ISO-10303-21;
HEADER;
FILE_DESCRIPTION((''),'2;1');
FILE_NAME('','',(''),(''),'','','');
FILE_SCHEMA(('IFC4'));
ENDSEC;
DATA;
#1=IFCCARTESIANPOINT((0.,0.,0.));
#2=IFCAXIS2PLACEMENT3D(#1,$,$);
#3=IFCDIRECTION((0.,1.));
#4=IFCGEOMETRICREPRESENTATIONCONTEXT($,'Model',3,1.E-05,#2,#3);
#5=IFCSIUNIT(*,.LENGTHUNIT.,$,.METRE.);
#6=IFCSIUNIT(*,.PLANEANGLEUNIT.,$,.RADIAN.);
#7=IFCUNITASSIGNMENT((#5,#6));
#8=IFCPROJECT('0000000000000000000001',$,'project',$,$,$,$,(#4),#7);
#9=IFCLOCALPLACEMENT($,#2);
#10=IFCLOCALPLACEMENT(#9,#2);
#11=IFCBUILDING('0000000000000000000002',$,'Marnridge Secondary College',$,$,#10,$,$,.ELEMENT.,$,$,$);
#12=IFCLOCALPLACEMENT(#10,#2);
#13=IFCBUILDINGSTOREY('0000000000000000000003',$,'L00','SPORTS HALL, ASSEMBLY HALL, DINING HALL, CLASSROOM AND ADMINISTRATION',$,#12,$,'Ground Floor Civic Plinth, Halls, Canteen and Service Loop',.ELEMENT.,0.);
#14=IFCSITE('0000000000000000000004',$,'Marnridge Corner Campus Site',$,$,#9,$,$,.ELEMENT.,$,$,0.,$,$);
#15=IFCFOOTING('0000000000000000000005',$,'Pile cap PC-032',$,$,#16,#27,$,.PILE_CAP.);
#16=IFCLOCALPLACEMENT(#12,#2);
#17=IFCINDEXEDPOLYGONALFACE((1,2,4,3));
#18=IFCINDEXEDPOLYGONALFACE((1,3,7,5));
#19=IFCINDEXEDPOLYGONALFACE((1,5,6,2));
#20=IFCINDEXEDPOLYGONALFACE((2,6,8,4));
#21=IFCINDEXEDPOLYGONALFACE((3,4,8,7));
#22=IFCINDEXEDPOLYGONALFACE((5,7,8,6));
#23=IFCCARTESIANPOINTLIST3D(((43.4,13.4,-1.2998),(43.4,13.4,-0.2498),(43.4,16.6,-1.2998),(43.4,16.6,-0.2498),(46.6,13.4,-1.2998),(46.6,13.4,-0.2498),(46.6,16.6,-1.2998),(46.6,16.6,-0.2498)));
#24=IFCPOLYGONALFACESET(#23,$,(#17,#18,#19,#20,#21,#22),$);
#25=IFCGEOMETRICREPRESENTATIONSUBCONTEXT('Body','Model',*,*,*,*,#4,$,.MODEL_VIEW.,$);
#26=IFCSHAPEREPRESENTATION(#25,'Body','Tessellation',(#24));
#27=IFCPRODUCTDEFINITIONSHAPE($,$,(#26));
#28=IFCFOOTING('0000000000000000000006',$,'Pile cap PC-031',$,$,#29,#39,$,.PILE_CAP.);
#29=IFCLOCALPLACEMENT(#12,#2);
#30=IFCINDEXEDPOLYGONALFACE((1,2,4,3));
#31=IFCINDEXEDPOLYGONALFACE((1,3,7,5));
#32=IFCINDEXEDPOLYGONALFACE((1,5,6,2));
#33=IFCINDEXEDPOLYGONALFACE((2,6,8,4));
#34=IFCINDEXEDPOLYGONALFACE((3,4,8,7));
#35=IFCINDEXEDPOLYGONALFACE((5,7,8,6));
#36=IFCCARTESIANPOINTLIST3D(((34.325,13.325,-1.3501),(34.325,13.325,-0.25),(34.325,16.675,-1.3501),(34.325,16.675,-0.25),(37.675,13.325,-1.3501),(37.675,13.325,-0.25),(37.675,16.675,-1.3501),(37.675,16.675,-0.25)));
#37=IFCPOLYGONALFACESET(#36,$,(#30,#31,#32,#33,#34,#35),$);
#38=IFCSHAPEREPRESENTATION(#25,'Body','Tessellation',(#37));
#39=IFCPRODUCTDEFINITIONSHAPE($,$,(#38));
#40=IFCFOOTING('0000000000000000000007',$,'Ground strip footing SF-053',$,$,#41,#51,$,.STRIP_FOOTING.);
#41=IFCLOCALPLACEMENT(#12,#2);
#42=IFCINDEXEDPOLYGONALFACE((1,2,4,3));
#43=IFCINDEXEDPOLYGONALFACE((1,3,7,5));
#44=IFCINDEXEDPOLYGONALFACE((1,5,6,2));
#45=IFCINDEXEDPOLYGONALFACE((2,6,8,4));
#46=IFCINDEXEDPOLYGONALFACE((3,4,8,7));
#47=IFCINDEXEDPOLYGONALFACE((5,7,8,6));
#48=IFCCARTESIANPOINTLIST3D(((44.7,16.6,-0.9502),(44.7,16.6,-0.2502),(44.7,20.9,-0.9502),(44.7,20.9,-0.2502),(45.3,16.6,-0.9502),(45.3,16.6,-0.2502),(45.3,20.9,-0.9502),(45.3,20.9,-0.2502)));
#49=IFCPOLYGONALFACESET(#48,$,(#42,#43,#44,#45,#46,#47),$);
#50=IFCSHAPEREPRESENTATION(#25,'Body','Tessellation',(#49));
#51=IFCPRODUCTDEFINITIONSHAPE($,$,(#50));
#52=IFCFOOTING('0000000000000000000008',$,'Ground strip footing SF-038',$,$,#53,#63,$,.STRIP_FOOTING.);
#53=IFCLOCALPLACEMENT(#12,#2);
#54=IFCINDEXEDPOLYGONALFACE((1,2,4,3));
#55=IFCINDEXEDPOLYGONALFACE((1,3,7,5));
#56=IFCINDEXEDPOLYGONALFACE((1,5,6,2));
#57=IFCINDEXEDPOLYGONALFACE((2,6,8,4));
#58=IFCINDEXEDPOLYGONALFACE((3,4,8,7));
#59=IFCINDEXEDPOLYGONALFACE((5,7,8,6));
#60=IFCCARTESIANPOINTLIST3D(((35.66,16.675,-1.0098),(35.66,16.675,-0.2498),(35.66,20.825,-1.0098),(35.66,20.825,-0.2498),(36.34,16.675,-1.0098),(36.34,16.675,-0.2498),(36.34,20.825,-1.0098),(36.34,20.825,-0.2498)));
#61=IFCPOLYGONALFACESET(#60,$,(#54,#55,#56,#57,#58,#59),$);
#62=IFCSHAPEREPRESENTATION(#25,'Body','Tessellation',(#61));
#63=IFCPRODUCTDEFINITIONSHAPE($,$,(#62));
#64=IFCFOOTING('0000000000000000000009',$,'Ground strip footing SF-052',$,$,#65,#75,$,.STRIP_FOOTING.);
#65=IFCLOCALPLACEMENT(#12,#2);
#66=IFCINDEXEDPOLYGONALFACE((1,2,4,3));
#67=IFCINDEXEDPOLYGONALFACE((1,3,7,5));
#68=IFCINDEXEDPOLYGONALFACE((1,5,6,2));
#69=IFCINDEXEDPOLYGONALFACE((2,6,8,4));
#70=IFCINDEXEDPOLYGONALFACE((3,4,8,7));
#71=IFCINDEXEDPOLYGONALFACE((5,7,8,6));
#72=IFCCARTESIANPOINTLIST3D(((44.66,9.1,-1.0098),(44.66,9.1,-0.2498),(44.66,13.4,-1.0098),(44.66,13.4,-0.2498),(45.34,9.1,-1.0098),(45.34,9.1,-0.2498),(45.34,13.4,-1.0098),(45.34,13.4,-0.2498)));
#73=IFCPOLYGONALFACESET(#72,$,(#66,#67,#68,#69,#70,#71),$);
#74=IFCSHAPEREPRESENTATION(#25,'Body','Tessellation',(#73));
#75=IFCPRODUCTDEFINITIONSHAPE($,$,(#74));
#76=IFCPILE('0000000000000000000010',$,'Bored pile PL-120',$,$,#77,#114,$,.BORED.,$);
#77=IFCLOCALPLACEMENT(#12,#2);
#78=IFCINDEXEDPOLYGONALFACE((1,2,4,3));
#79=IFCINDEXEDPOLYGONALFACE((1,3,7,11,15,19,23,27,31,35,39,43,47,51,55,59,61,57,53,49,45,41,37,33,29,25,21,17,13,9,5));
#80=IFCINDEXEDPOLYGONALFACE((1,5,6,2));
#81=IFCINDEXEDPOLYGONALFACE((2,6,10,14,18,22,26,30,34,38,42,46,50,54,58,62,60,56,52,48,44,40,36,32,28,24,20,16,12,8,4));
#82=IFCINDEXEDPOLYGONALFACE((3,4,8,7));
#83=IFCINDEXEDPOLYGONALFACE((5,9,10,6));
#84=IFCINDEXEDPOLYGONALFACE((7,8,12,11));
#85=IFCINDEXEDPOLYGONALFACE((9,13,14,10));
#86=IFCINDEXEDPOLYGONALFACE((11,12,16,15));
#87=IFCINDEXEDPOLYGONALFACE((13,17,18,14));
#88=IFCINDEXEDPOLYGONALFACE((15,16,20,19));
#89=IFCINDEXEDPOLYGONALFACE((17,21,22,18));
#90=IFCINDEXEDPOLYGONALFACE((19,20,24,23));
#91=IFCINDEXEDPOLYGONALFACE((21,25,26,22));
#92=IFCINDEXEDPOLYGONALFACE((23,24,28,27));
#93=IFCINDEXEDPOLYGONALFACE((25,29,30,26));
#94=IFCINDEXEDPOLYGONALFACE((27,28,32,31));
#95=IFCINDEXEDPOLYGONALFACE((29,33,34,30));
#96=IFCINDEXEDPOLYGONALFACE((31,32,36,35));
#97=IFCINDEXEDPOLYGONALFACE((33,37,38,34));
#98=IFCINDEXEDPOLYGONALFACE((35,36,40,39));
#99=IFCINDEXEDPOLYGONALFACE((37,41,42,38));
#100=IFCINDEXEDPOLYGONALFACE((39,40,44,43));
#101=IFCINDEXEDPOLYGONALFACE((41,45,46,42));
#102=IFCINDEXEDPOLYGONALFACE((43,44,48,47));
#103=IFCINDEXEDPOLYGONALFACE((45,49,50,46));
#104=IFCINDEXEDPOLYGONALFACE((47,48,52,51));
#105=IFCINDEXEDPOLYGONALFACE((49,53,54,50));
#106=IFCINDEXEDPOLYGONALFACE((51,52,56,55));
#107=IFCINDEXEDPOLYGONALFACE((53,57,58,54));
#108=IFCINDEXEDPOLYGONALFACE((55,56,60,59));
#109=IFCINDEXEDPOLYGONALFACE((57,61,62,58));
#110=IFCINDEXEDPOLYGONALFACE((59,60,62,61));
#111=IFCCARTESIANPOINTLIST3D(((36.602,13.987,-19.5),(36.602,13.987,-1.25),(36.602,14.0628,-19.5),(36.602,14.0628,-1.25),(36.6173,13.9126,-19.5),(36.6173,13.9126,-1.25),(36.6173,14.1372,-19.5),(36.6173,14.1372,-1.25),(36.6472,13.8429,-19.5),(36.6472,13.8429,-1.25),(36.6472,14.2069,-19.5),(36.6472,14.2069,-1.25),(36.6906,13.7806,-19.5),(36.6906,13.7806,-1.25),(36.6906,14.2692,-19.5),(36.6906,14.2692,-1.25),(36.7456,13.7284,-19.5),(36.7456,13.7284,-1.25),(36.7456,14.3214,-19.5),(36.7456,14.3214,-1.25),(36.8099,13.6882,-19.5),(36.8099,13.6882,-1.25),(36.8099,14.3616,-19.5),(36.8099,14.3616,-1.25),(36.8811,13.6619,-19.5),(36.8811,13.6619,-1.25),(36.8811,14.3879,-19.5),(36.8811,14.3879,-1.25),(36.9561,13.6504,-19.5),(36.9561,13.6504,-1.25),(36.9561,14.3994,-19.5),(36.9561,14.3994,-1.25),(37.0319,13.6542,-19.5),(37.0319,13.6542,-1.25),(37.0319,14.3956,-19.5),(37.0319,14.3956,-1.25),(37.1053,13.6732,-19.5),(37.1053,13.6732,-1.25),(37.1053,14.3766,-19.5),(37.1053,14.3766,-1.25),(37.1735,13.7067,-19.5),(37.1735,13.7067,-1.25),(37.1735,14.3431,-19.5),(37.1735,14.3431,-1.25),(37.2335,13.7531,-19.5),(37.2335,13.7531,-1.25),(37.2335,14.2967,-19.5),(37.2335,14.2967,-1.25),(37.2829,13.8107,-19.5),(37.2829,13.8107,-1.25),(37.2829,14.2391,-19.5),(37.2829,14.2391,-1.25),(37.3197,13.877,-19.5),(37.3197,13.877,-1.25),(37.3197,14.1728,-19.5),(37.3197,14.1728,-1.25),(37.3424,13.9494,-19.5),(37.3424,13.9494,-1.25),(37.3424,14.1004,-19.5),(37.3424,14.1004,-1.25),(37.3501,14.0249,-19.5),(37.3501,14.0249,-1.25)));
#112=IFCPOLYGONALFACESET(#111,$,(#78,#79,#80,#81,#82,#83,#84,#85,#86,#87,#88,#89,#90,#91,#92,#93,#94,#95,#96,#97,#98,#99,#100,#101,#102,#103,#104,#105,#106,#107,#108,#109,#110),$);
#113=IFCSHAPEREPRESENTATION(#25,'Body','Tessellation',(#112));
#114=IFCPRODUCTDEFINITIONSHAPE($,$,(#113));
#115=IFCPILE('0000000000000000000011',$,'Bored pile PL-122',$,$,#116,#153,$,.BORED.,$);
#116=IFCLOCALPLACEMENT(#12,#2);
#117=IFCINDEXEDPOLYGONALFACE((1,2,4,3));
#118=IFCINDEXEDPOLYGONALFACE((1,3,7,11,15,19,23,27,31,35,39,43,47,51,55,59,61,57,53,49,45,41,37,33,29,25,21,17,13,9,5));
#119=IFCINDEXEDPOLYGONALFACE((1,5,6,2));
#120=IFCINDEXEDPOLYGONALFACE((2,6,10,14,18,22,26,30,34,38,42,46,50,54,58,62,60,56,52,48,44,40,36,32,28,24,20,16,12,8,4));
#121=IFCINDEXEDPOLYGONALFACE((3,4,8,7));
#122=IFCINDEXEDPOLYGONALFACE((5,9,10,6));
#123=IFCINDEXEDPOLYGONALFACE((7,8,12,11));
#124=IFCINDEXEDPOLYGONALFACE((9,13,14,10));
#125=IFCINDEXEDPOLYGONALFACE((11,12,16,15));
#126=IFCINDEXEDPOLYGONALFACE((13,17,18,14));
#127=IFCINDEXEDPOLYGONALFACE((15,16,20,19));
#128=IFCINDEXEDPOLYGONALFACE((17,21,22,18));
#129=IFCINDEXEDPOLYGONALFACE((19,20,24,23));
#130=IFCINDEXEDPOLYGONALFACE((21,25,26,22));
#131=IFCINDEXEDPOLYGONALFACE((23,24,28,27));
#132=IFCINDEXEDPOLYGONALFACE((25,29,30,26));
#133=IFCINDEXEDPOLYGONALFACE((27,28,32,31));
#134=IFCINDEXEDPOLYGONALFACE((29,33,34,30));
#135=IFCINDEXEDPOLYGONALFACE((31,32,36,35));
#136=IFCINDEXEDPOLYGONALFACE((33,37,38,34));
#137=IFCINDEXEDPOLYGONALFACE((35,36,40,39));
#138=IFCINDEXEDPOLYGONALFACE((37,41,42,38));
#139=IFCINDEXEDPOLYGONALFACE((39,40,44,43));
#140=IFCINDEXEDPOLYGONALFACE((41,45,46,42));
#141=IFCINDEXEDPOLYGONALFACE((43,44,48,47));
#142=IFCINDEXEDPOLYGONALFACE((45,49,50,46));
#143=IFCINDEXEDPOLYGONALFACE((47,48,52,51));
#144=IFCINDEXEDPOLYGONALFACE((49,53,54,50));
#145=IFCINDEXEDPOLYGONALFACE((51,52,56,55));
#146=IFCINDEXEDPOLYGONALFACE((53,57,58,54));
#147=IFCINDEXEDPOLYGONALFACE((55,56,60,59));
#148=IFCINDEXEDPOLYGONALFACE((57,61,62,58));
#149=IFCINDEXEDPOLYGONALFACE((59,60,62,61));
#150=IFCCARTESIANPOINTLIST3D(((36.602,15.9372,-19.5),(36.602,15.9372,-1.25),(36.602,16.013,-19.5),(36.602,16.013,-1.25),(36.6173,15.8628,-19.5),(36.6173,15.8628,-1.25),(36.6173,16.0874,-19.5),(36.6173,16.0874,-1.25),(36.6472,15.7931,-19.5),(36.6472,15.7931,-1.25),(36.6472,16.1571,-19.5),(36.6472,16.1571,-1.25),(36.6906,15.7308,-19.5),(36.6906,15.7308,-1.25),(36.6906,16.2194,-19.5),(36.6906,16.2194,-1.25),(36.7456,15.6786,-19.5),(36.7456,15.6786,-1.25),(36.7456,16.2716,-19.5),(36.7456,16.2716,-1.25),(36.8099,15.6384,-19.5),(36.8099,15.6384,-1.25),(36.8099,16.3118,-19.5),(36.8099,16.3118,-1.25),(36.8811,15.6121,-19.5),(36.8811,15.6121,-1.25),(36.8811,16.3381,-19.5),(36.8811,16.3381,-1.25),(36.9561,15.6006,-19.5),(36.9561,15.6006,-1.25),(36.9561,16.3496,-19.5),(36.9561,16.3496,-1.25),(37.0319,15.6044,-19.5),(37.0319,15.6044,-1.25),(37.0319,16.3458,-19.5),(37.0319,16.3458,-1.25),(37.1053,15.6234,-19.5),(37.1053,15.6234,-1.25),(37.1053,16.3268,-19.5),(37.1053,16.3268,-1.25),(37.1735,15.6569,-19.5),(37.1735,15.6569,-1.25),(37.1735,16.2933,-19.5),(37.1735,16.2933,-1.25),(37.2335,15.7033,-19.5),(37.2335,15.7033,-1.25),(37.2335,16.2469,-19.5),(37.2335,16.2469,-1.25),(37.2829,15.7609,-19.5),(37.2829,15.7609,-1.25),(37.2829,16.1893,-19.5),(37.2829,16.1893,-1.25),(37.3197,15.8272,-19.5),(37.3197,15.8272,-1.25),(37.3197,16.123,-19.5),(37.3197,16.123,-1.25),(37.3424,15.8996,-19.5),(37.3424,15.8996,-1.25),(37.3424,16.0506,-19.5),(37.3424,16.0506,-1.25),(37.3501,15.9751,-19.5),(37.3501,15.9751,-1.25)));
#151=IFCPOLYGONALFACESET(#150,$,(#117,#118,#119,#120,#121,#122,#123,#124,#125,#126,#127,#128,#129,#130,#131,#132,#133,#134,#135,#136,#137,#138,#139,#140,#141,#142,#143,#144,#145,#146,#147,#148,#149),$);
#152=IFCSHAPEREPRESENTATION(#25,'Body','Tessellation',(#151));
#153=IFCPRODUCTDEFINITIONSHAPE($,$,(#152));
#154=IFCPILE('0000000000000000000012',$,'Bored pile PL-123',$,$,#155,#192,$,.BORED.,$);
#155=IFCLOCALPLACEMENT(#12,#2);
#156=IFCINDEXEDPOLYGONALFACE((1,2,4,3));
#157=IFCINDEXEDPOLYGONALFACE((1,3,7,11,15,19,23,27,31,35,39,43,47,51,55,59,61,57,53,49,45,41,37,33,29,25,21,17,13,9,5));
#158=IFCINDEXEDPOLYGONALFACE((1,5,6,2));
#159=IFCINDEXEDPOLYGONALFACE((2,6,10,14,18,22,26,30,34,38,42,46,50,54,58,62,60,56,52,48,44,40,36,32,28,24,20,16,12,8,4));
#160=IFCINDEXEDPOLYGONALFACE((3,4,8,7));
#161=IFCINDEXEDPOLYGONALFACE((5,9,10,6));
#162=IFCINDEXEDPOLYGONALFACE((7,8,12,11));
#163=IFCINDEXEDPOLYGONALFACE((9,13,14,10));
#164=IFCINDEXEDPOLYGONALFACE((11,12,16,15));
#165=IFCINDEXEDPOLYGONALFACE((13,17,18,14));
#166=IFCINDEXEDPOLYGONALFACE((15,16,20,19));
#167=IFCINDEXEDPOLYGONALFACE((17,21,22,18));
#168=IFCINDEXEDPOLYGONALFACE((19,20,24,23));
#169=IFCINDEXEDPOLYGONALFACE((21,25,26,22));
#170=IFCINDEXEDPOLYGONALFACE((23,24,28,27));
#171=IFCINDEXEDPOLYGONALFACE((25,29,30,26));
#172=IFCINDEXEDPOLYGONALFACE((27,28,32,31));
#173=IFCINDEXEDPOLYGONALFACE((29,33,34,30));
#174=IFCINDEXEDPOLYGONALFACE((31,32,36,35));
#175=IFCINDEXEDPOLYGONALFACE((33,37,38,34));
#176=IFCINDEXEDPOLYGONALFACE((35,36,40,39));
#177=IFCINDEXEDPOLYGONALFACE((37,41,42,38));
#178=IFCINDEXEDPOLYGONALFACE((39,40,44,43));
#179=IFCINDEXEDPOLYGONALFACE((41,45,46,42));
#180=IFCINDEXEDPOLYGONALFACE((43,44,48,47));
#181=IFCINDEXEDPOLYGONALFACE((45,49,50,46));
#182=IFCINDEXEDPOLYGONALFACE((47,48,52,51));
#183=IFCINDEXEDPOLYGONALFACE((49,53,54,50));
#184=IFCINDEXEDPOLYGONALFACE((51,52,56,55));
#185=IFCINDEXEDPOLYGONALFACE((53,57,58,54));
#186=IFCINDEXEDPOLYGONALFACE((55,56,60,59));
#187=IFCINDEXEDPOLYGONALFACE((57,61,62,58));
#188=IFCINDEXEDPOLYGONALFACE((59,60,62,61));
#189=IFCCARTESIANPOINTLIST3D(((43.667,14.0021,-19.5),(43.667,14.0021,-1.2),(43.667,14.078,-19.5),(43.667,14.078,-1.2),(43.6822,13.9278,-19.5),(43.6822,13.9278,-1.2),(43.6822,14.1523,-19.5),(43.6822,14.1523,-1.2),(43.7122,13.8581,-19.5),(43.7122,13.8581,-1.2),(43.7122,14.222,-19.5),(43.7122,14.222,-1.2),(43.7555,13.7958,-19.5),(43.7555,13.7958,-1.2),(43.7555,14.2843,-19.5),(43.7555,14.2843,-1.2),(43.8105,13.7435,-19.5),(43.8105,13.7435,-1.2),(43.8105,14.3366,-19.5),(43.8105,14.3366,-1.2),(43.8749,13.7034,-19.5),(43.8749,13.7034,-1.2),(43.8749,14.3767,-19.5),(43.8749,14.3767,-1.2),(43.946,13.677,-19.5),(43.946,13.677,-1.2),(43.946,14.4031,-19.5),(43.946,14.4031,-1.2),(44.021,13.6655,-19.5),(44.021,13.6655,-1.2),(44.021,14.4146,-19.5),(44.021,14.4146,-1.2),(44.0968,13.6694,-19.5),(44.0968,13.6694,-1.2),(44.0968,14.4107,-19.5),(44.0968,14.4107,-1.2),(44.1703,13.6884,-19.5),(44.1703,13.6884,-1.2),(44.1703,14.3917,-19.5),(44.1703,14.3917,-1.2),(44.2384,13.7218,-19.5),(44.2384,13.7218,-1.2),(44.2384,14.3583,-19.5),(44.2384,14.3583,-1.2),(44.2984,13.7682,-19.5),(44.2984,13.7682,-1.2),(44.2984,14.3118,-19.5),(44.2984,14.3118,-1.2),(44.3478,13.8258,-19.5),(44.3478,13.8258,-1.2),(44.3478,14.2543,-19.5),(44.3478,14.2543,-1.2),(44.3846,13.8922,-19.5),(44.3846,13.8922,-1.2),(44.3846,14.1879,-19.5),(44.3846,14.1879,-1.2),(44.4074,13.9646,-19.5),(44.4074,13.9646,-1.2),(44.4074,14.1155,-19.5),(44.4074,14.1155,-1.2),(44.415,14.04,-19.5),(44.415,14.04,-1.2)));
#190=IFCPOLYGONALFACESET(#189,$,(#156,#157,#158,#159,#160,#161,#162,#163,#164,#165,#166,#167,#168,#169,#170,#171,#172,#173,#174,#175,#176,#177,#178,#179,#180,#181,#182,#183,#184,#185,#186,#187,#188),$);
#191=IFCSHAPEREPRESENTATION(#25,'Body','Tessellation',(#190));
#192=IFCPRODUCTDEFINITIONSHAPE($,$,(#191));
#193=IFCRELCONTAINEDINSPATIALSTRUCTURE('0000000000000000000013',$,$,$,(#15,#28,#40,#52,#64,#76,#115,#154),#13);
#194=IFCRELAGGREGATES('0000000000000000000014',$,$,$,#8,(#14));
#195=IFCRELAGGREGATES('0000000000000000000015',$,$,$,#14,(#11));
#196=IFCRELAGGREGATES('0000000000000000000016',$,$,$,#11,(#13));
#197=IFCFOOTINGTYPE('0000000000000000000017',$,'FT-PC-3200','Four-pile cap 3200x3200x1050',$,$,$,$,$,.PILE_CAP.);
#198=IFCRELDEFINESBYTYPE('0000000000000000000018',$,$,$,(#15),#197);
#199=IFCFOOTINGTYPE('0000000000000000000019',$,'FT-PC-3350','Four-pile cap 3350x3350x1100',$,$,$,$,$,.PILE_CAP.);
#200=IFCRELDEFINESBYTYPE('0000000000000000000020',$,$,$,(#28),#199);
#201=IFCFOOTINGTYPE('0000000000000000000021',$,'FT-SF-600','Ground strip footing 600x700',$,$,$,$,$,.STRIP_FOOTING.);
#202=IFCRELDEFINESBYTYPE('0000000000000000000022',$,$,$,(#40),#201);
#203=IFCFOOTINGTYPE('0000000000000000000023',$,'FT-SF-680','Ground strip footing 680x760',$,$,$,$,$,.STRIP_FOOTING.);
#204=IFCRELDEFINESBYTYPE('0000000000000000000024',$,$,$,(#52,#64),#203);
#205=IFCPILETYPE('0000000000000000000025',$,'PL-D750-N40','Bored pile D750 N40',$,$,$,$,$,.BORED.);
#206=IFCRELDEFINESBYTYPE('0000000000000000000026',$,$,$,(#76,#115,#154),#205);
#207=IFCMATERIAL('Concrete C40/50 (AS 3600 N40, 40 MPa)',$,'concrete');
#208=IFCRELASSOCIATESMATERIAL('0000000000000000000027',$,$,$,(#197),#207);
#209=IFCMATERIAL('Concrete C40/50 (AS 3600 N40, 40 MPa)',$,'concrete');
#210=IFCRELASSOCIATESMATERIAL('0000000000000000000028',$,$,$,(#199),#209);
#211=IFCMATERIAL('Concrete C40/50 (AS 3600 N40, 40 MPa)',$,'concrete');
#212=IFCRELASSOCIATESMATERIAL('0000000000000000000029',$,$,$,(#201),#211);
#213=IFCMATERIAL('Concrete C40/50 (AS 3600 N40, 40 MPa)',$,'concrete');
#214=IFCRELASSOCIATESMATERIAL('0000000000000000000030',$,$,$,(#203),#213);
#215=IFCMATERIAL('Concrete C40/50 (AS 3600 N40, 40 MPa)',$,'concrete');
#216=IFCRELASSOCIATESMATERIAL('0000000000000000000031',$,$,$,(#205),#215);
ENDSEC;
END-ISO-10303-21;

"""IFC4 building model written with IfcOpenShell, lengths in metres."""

from ifc_helpers import new_model, si_unit, direction, frame, origin, origin_2d, place, context, subcontext, project, spatial, rectangle, circle, extrude, material, material_profile, profile_set, type_object, element, save


model = new_model("IFC4")

# Units and contexts
model_context = context("Model", 3, precision=1e-05, world=origin(), true_north=direction((0.0, 1.0)))
body_context = subcontext(model_context, "Body", "Model", "MODEL_VIEW")
ifc_project = project(units=[si_unit("LENGTHUNIT", "METRE"), si_unit("PLANEANGLEUNIT", "RADIAN")], contexts=[model_context])

# Site, building, storey
site_placement = place(None, origin())
site = spatial("IfcSite", under=ifc_project, at=site_placement, Name="Marnridge Corner Campus Site", CompositionType="ELEMENT", RefElevation=0.0)
building_placement = place(site_placement, origin())
building = spatial("IfcBuilding", under=site, at=building_placement, Name="Marnridge Secondary College", CompositionType="ELEMENT")
storey_placement = place(building_placement, origin())
storey = spatial("IfcBuildingStorey", under=building, at=storey_placement, Name="L00", Description="SPORTS HALL, ASSEMBLY HALL, DINING HALL, CLASSROOM AND ADMINISTRATION", LongName="Ground Floor Civic Plinth, Halls, Canteen and Service Loop", CompositionType="ELEMENT", Elevation=0.0)

# Footings
ifc_material_1 = material(Name="Concrete C40/50 (AS 3600 N40, 40 MPa)", Category="concrete")
footing_type_1 = type_object("IfcFootingType", Name="FT-PC-3200", Description="Four-pile cap 3200x3200x1050", PredefinedType="PILE_CAP", material=ifc_material_1)
footing_1_placement = place(storey_placement, frame((45.0, 15.0, -1.2998), z_axis=(0.0, 0.0, 1.0), x_axis=(1.0, 0.0, 0.0)))
element("IfcFooting", 1, at=footing_1_placement, inside=storey, type_object=footing_type_1, Name="Pile cap PC-032", PredefinedType="PILE_CAP", context=body_context, shape_type="SweptSolid", body=[
    extrude(rectangle(XDim=3.2, YDim=3.2, at=origin_2d()), origin(), (0.0, 0.0, 1.0), 1.05),
])
ifc_material_2 = material(Name="Concrete C40/50 (AS 3600 N40, 40 MPa)", Category="concrete")
footing_type_2 = type_object("IfcFootingType", Name="FT-PC-3350", Description="Four-pile cap 3350x3350x1100", PredefinedType="PILE_CAP", material=ifc_material_2)
footing_2_placement = place(storey_placement, frame((36.0, 15.0, -1.3501), z_axis=(0.0, 0.0, 1.0), x_axis=(1.0, 0.0, 0.0)))
element("IfcFooting", 2, at=footing_2_placement, inside=storey, type_object=footing_type_2, Name="Pile cap PC-031", PredefinedType="PILE_CAP", context=body_context, shape_type="SweptSolid", body=[
    extrude(rectangle(XDim=3.3501, YDim=3.3501, at=origin_2d()), origin(), (0.0, 0.0, 1.0), 1.1001),
])
ifc_material_3 = material(Name="Concrete C40/50 (AS 3600 N40, 40 MPa)", Category="concrete")
footing_type_3 = type_object("IfcFootingType", Name="FT-SF-600", Description="Ground strip footing 600x700", PredefinedType="STRIP_FOOTING", material=ifc_material_3)
footing_3_placement = place(storey_placement, frame((45.0, 18.75, -0.9502), z_axis=(0.0, 0.0, 1.0), x_axis=(1.0, 0.0, 0.0)))
element("IfcFooting", 3, at=footing_3_placement, inside=storey, type_object=footing_type_3, Name="Ground strip footing SF-053", PredefinedType="STRIP_FOOTING", context=body_context, shape_type="SweptSolid", body=[
    extrude(rectangle(XDim=0.6001, YDim=4.3, at=origin_2d()), origin(), (0.0, 0.0, 1.0), 0.7),
])
ifc_material_4 = material(Name="Concrete C40/50 (AS 3600 N40, 40 MPa)", Category="concrete")
footing_type_4 = type_object("IfcFootingType", Name="FT-SF-680", Description="Ground strip footing 680x760", PredefinedType="STRIP_FOOTING", material=ifc_material_4)
footing_4_placement = place(storey_placement, frame((36.0, 18.75, -1.0098), z_axis=(0.0, 0.0, 1.0), x_axis=(1.0, 0.0, 0.0)))
element("IfcFooting", 4, at=footing_4_placement, inside=storey, type_object=footing_type_4, Name="Ground strip footing SF-038", PredefinedType="STRIP_FOOTING", context=body_context, shape_type="SweptSolid", body=[
    extrude(rectangle(XDim=0.6799, YDim=4.1499, at=origin_2d()), origin(), (0.0, 0.0, 1.0), 0.76),
])
footing_5_placement = place(storey_placement, frame((45.0, 11.25, -1.0098), z_axis=(0.0, 0.0, 1.0), x_axis=(1.0, 0.0, 0.0)))
element("IfcFooting", 5, at=footing_5_placement, inside=storey, type_object=footing_type_4, Name="Ground strip footing SF-052", PredefinedType="STRIP_FOOTING", context=body_context, shape_type="SweptSolid", body=[
    extrude(rectangle(XDim=0.6799, YDim=4.3, at=origin_2d()), origin(), (0.0, 0.0, 1.0), 0.76),
])

# Piles
ifc_material_5 = material(Name="Concrete C40/50 (AS 3600 N40, 40 MPa)", Category="concrete")
ifc_material_profile_1 = material_profile(ifc_material_5, circle(Radius=0.375, at=origin_2d()), Name="PILE D750")
ifc_profile_set_1 = profile_set([ifc_material_profile_1], Name="Concrete C40/50 (AS 3600 N40, 40 MPa)")
pile_type = type_object("IfcPileType", Name="PL-D750-N40", Description="Bored pile D750 N40", PredefinedType="BORED", material=ifc_profile_set_1)
for number, where, z_axis, x_axis, name in (
    (6, (36.9751, 14.0249, -1.25), (0.0, 0.0, -1.0), (1.0, 0.0, 0.0), "Bored pile PL-120"),
    (7, (36.9751, 15.9751, -1.25), (0.0, 0.0, -1.0), (1.0, 0.0, 0.0), "Bored pile PL-122"),
):
    element("IfcPile", number, at=place(storey_placement, frame(where, z_axis=z_axis, x_axis=x_axis)), inside=storey, type_object=pile_type, Name=name, PredefinedType="BORED", context=body_context, shape_type="SweptSolid", body=[
        extrude(circle(Radius=0.375, at=origin_2d()), origin(), (0.0, 0.0, 1.0), 18.25),
    ])
for number, where, z_axis, x_axis, name in (
    (8, (44.04, 14.04, -1.2), (0.0, 0.0, -1.0), (1.0, 0.0, 0.0), "Bored pile PL-123"),
):
    element("IfcPile", number, at=place(storey_placement, frame(where, z_axis=z_axis, x_axis=x_axis)), inside=storey, type_object=pile_type, Name=name, PredefinedType="BORED", context=body_context, shape_type="SweptSolid", body=[
        extrude(circle(Radius=0.375, at=origin_2d()), origin(), (0.0, 0.0, 1.0), 18.3),
    ])

save(model, "model.ifc")
